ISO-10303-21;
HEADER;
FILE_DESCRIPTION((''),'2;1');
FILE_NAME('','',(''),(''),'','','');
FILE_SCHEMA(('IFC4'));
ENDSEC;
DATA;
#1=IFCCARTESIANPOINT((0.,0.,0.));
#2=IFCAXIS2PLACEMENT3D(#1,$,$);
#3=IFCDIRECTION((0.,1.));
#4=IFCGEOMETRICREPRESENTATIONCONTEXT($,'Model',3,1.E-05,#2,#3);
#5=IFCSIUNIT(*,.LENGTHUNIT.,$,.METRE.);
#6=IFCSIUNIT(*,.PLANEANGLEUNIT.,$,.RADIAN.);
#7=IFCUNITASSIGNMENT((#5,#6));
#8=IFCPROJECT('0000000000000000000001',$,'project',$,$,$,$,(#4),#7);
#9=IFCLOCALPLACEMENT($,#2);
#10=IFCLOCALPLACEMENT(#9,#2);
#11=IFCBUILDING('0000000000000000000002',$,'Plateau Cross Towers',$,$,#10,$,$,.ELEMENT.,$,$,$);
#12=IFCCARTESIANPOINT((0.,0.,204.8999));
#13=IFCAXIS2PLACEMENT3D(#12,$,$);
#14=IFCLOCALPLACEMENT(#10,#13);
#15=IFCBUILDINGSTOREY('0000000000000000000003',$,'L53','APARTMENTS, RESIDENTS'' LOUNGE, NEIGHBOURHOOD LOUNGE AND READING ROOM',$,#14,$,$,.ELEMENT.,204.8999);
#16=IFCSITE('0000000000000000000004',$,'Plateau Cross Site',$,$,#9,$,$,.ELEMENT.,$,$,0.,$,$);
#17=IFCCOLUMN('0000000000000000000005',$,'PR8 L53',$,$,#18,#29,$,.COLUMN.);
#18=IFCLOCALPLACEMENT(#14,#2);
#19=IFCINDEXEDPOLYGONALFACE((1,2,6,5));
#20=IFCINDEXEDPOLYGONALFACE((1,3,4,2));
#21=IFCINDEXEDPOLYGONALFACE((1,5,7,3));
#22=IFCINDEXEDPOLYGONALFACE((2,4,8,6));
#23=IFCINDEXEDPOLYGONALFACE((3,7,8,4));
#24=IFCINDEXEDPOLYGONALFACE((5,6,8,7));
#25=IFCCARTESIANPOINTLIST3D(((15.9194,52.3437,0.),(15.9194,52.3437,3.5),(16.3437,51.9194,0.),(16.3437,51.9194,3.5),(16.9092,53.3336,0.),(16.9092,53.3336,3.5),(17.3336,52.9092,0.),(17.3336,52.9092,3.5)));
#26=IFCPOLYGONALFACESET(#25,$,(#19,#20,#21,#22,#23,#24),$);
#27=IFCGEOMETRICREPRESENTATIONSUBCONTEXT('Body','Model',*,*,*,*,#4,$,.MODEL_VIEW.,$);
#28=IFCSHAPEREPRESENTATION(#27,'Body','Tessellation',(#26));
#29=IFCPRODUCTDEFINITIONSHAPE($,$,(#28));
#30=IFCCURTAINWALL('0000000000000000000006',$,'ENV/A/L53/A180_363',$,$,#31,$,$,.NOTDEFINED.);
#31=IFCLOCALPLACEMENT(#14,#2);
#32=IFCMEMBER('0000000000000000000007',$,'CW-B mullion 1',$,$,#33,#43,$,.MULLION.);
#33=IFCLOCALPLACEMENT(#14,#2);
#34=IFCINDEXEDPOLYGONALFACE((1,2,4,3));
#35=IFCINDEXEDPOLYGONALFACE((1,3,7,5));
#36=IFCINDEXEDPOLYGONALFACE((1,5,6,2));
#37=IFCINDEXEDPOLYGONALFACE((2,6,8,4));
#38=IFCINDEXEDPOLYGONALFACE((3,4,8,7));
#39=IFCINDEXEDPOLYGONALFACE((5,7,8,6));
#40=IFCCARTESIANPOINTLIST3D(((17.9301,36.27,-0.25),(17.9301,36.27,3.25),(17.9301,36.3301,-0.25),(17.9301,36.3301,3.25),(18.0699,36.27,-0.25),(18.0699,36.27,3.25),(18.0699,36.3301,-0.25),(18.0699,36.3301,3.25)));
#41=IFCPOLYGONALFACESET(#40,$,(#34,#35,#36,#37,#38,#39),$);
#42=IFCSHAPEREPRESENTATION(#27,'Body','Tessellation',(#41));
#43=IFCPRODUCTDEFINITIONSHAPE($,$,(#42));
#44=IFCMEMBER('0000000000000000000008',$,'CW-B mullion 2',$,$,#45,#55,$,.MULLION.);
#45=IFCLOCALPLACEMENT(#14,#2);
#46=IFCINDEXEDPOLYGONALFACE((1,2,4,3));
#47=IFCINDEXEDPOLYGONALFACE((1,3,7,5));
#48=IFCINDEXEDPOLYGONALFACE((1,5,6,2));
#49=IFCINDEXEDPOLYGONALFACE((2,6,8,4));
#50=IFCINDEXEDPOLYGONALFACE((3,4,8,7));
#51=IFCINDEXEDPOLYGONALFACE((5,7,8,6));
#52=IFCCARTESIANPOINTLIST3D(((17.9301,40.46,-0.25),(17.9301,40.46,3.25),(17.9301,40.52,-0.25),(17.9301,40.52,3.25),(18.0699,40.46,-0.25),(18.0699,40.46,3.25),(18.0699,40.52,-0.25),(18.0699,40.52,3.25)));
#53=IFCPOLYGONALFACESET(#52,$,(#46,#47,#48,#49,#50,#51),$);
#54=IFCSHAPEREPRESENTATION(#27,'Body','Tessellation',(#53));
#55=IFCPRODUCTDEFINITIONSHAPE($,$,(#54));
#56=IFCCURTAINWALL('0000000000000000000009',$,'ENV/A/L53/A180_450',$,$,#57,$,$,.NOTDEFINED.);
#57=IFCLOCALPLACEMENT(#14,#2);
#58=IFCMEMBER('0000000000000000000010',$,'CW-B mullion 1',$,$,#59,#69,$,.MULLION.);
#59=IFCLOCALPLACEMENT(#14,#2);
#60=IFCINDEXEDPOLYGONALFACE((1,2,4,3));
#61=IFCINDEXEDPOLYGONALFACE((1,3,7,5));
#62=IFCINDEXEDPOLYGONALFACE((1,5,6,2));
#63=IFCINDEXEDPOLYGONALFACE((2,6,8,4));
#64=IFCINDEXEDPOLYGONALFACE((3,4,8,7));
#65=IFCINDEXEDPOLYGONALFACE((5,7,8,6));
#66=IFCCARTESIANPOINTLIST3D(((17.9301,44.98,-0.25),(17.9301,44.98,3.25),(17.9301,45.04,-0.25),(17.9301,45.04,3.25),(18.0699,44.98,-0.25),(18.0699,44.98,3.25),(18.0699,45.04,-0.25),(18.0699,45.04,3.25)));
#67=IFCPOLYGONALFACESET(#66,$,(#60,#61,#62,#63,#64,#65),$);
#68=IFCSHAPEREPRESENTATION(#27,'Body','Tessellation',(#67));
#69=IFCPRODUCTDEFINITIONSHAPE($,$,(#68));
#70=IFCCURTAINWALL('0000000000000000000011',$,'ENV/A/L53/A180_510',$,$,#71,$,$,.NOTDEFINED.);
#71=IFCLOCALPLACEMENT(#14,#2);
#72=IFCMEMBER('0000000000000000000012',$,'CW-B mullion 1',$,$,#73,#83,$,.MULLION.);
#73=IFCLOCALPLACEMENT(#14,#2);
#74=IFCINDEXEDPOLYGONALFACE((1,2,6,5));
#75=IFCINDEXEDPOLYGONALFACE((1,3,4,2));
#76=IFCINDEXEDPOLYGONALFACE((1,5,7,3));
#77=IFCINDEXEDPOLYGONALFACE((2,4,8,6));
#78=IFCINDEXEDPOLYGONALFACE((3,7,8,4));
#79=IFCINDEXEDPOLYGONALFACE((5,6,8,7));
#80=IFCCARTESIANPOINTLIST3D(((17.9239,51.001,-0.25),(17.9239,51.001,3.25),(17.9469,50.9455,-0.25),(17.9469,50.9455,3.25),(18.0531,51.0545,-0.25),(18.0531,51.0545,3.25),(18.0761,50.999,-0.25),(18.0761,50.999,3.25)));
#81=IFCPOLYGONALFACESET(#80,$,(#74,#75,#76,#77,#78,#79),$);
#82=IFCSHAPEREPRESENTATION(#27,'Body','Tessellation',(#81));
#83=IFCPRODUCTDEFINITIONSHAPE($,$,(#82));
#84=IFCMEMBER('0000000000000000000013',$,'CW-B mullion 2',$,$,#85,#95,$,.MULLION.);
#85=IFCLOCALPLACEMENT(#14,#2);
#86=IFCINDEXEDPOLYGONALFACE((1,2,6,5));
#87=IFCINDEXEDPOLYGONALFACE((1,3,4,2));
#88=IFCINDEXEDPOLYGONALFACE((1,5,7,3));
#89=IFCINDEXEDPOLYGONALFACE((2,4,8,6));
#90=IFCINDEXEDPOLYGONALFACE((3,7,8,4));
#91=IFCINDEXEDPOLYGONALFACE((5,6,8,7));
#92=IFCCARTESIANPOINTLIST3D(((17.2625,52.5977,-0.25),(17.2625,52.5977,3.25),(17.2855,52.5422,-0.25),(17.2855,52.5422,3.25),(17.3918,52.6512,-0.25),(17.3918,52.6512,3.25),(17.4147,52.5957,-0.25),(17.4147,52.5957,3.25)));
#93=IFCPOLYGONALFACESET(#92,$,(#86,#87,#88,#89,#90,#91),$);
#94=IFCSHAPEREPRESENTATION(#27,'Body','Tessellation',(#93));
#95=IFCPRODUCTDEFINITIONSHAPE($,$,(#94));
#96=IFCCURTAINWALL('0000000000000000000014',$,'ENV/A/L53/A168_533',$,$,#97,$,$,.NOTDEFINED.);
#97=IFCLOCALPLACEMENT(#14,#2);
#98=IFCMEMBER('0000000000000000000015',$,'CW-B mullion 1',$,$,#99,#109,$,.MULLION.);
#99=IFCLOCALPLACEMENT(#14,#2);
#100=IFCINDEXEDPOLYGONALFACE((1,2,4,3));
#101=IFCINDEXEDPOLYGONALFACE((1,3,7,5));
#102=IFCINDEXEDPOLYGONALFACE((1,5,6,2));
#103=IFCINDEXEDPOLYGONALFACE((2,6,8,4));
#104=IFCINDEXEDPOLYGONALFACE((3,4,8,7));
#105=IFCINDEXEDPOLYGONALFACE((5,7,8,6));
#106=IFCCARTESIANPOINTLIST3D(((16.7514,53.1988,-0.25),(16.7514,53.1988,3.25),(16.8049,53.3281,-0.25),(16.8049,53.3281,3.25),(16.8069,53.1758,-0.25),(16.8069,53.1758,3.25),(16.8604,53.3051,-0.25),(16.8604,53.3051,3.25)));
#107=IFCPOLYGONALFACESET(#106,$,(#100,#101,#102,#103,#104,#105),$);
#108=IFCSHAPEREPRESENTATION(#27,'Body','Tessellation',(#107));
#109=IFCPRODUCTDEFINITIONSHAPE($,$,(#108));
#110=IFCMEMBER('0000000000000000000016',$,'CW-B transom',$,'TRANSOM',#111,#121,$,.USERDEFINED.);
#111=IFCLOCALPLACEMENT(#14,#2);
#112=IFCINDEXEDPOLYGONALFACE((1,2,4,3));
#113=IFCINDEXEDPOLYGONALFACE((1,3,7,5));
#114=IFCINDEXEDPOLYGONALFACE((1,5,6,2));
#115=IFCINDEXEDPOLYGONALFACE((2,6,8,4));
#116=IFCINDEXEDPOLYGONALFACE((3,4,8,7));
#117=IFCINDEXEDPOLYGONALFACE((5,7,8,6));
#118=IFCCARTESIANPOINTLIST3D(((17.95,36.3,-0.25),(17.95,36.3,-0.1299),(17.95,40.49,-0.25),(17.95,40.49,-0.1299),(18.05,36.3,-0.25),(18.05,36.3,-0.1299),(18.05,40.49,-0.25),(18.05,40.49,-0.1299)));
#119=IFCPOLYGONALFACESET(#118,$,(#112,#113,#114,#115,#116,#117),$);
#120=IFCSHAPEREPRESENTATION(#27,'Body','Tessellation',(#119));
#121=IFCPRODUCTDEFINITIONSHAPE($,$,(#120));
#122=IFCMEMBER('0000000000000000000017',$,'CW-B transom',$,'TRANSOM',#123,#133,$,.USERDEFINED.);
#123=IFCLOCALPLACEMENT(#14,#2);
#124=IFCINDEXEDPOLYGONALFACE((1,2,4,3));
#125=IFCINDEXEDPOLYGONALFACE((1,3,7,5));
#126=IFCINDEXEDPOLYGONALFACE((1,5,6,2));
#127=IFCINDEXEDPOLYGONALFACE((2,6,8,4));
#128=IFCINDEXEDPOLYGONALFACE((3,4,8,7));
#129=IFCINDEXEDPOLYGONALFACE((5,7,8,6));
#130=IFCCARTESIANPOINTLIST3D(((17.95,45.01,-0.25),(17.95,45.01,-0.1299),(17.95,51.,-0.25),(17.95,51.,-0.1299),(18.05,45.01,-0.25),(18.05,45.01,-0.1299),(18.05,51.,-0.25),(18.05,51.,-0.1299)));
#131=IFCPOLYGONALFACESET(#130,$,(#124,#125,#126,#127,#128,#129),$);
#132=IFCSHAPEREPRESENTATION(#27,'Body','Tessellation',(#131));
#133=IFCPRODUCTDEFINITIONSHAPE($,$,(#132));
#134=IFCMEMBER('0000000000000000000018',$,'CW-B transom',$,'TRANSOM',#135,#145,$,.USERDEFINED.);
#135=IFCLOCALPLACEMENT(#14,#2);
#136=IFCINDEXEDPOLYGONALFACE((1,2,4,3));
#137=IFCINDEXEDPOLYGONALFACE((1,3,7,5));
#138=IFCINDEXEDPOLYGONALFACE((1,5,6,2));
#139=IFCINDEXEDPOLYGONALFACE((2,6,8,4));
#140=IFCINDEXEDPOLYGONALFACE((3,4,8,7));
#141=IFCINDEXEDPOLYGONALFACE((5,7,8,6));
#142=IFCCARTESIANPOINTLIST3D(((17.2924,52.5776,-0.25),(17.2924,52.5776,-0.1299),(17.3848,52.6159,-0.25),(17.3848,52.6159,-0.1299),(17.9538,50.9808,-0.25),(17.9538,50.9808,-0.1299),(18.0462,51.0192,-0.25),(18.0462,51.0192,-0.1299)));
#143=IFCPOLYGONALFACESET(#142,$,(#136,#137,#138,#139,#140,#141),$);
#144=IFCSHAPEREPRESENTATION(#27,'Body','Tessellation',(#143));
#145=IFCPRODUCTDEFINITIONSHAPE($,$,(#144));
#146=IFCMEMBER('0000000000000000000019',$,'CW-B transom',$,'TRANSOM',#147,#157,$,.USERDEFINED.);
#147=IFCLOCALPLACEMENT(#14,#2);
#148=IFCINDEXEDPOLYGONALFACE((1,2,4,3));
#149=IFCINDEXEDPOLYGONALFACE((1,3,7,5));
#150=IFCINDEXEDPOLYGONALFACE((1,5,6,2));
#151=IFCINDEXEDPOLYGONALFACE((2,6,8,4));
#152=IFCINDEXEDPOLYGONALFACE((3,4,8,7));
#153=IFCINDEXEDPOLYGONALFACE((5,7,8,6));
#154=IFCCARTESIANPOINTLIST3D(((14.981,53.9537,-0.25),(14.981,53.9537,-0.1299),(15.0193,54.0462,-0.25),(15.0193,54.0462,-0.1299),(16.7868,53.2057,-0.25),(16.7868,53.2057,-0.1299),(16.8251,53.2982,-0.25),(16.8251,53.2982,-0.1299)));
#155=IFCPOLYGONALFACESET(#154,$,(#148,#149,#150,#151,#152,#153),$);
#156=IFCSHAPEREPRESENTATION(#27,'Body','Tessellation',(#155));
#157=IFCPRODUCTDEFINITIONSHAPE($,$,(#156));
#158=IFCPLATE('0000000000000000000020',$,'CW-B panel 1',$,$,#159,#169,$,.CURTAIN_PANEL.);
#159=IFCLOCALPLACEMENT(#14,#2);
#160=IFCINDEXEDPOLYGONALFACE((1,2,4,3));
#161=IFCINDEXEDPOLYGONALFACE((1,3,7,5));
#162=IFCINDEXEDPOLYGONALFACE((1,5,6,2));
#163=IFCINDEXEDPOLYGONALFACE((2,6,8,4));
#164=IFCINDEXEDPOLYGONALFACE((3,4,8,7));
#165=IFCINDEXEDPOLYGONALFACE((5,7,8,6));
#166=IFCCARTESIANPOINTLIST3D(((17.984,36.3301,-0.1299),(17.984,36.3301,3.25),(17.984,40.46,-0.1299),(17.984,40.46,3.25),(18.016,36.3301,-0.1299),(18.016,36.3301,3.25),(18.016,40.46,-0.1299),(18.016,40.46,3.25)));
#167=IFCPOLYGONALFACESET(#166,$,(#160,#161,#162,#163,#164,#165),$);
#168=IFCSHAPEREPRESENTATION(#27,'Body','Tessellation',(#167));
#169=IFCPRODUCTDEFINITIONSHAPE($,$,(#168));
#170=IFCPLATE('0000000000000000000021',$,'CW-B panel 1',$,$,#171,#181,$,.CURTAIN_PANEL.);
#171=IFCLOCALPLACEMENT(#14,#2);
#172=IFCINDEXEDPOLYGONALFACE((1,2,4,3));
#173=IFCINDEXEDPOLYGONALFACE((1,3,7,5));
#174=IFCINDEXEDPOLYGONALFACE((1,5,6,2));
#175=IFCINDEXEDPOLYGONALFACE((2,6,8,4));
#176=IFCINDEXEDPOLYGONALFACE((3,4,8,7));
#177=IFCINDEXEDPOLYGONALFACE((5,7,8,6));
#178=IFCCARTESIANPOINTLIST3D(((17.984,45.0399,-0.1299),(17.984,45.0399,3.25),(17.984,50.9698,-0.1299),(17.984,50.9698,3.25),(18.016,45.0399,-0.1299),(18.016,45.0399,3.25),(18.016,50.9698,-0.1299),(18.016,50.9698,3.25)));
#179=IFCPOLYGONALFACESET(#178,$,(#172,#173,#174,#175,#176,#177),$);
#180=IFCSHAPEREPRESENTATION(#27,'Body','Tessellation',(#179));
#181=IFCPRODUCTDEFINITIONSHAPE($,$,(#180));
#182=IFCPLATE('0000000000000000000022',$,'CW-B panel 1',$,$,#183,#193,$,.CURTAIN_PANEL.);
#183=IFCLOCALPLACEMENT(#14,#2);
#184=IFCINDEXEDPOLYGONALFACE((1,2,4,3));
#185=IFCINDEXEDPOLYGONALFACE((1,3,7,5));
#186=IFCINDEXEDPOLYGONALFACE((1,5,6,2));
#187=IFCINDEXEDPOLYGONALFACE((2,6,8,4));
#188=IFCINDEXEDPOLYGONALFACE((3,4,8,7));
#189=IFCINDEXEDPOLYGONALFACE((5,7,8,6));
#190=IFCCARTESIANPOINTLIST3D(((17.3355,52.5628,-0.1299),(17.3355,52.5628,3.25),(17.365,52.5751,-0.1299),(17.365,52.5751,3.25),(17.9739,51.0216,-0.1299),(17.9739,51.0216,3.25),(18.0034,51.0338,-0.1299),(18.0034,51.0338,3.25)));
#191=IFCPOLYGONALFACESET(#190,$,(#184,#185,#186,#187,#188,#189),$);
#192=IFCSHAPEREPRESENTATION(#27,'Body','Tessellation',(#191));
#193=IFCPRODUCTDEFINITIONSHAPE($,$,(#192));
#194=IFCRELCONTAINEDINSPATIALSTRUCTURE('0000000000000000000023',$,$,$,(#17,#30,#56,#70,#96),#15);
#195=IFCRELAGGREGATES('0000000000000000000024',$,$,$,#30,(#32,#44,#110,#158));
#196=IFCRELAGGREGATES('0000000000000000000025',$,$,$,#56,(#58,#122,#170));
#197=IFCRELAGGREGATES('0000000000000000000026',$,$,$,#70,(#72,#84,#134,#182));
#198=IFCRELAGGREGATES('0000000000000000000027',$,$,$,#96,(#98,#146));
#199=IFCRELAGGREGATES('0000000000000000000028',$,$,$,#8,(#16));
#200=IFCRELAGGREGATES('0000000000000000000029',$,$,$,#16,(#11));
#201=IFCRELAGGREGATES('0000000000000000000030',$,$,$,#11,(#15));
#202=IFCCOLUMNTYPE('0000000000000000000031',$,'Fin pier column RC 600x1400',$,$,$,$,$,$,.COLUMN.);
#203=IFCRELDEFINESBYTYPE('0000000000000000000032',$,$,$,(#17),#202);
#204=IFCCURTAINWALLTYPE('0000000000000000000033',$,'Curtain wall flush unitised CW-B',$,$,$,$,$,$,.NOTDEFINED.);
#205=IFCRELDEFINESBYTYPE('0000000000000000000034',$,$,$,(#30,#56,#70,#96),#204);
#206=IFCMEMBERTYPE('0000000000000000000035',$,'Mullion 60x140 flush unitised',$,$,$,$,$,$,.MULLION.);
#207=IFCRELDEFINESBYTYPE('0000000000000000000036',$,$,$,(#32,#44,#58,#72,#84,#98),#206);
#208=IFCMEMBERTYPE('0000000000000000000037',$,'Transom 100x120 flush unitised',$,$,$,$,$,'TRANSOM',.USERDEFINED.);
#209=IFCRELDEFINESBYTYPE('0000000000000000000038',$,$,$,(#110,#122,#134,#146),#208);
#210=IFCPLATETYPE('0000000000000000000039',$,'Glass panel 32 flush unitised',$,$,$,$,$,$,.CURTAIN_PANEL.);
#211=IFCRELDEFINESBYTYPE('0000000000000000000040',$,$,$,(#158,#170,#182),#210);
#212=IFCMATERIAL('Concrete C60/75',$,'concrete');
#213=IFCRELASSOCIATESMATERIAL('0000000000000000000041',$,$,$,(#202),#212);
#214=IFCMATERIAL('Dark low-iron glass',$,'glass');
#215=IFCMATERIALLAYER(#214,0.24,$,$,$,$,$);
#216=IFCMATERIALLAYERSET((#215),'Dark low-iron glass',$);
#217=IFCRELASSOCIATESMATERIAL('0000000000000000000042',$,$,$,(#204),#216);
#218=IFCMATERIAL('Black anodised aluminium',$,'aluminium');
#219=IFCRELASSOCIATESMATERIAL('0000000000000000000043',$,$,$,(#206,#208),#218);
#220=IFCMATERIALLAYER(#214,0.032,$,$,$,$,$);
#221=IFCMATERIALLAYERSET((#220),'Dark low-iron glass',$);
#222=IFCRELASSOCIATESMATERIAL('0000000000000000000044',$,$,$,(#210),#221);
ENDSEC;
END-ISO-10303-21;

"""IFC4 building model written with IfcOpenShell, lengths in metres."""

from ifc_helpers import new_model, si_unit, direction, frame, origin, origin_2d, place, context, subcontext, project, spatial, rectangle, extrude, material, layer, layer_set, material_profile, profile_set, type_object, element, aggregate, save


model = new_model("IFC4")

# Units and contexts
model_context = context("Model", 3, precision=1e-05, world=origin(), true_north=direction((0.0, 1.0)))
body_context = subcontext(model_context, "Body", "Model", "MODEL_VIEW")
ifc_project = project(units=[si_unit("LENGTHUNIT", "METRE"), si_unit("PLANEANGLEUNIT", "RADIAN")], contexts=[model_context])

# Site, building, storey
site_placement = place(None, origin())
site = spatial("IfcSite", under=ifc_project, at=site_placement, Name="Plateau Cross Site", CompositionType="ELEMENT", RefElevation=0.0)
building_placement = place(site_placement, origin())
building = spatial("IfcBuilding", under=site, at=building_placement, Name="Plateau Cross Towers", CompositionType="ELEMENT")
storey_placement = place(building_placement, frame((0.0, 0.0, 204.8999)))
storey = spatial("IfcBuildingStorey", under=building, at=storey_placement, Name="L53", Description="APARTMENTS, RESIDENTS' LOUNGE, NEIGHBOURHOOD LOUNGE AND READING ROOM", CompositionType="ELEMENT", Elevation=204.8999)

# Column
ifc_material_1 = material(Name="Concrete C60/75", Category="concrete")
ifc_material_profile_1 = material_profile(ifc_material_1, rectangle(XDim=0.6001, YDim=1.3999, at=origin_2d()), Name="RC 600x1400")
ifc_profile_set_1 = profile_set([ifc_material_profile_1], Name="Concrete C60/75")
column_type = type_object("IfcColumnType", Name="Fin pier column RC 600x1400", PredefinedType="COLUMN", material=ifc_profile_set_1)
column_placement = place(storey_placement, frame((16.6265, 52.6265, 0.0), z_axis=(0.0, 0.0, 1.0), x_axis=(-0.707107, 0.707107, 0.0)))
element("IfcColumn", 1, at=column_placement, inside=storey, type_object=column_type, Name="PR8 L53", PredefinedType="COLUMN", context=body_context, shape_type="SweptSolid", body=[
    extrude(rectangle(XDim=0.6001, YDim=1.3999, at=origin_2d()), origin(), (0.0, 0.0, 1.0), 3.5),
])

# Curtain wall, members
ifc_material_2 = material(Name="Dark low-iron glass", Category="glass")
ifc_layer_1 = layer(ifc_material_2, 0.24)
ifc_layer_set_1 = layer_set([ifc_layer_1], Name="Dark low-iron glass")
curtain_wall_type = type_object("IfcCurtainWallType", Name="Curtain wall flush unitised CW-B", PredefinedType="NOTDEFINED", material=ifc_layer_set_1)
curtain_wall_1_placement = place(storey_placement, origin())
curtain_wall_1 = element("IfcCurtainWall", 2, at=curtain_wall_1_placement, inside=storey, type_object=curtain_wall_type, Name="ENV/A/L53/A180_363", PredefinedType="NOTDEFINED")
ifc_material_3 = material(Name="Black anodised aluminium", Category="aluminium")
ifc_material_profile_2 = material_profile(ifc_material_3, rectangle(XDim=0.0601, YDim=0.1399, at=origin_2d()), Name="MULLION 60x140")
ifc_profile_set_2 = profile_set([ifc_material_profile_2], Name="Black anodised aluminium")
member_type_1 = type_object("IfcMemberType", Name="Mullion 60x140 flush unitised", PredefinedType="MULLION", material=ifc_profile_set_2)
member_1_placement = place(storey_placement, frame((18.0, 36.3, -0.25), z_axis=(0.0, 0.0, 1.0), x_axis=(0.0, 1.0, 0.0)))
member_1 = element("IfcMember", 3, at=member_1_placement, type_object=member_type_1, Name="CW-B mullion 1", PredefinedType="MULLION", context=body_context, shape_type="SweptSolid", body=[
    extrude(rectangle(XDim=0.0601, YDim=0.1399, at=origin_2d()), origin(), (0.0, 0.0, 1.0), 3.5),
])
member_2_placement = place(storey_placement, frame((18.0, 40.49, -0.25), z_axis=(0.0, 0.0, 1.0), x_axis=(0.0, 1.0, 0.0)))
member_2 = element("IfcMember", 4, at=member_2_placement, type_object=member_type_1, Name="CW-B mullion 2", PredefinedType="MULLION", context=body_context, shape_type="SweptSolid", body=[
    extrude(rectangle(XDim=0.0601, YDim=0.1399, at=origin_2d()), origin(), (0.0, 0.0, 1.0), 3.5),
])

# Curtain wall, member
curtain_wall_2_placement = place(storey_placement, origin())
curtain_wall_2 = element("IfcCurtainWall", 5, at=curtain_wall_2_placement, inside=storey, type_object=curtain_wall_type, Name="ENV/A/L53/A180_450", PredefinedType="NOTDEFINED")
member_3_placement = place(storey_placement, frame((18.0, 45.01, -0.25), z_axis=(0.0, 0.0, 1.0), x_axis=(0.0, 1.0, 0.0)))
member_3 = element("IfcMember", 6, at=member_3_placement, type_object=member_type_1, Name="CW-B mullion 1", PredefinedType="MULLION", context=body_context, shape_type="SweptSolid", body=[
    extrude(rectangle(XDim=0.0601, YDim=0.1399, at=origin_2d()), origin(), (0.0, 0.0, 1.0), 3.5),
])

# Curtain wall, members
curtain_wall_3_placement = place(storey_placement, origin())
curtain_wall_3 = element("IfcCurtainWall", 7, at=curtain_wall_3_placement, inside=storey, type_object=curtain_wall_type, Name="ENV/A/L53/A180_510", PredefinedType="NOTDEFINED")
member_4_placement = place(storey_placement, frame((18.0, 51.0, -0.25), z_axis=(0.0, 0.0, 1.0), x_axis=(-0.382684, 0.923879, 0.0)))
member_4 = element("IfcMember", 8, at=member_4_placement, type_object=member_type_1, Name="CW-B mullion 1", PredefinedType="MULLION", context=body_context, shape_type="SweptSolid", body=[
    extrude(rectangle(XDim=0.0601, YDim=0.1399, at=origin_2d()), origin(), (0.0, 0.0, 1.0), 3.5),
])
member_5_placement = place(storey_placement, frame((17.3386, 52.5967, -0.25), z_axis=(0.0, 0.0, 1.0), x_axis=(-0.382684, 0.923879, 0.0)))
member_5 = element("IfcMember", 9, at=member_5_placement, type_object=member_type_1, Name="CW-B mullion 2", PredefinedType="MULLION", context=body_context, shape_type="SweptSolid", body=[
    extrude(rectangle(XDim=0.0601, YDim=0.1399, at=origin_2d()), origin(), (0.0, 0.0, 1.0), 3.5),
])

# Curtain wall, member
curtain_wall_4_placement = place(storey_placement, origin())
curtain_wall_4 = element("IfcCurtainWall", 10, at=curtain_wall_4_placement, inside=storey, type_object=curtain_wall_type, Name="ENV/A/L53/A168_533", PredefinedType="NOTDEFINED")
member_6_placement = place(storey_placement, frame((16.8059, 53.252, -0.25), z_axis=(0.0, 0.0, 1.0), x_axis=(-0.923879, 0.382684, 0.0)))
member_6 = element("IfcMember", 11, at=member_6_placement, type_object=member_type_1, Name="CW-B mullion 1", PredefinedType="MULLION", context=body_context, shape_type="SweptSolid", body=[
    extrude(rectangle(XDim=0.0601, YDim=0.1399, at=origin_2d()), origin(), (0.0, 0.0, 1.0), 3.5),
])

# Members
ifc_material_profile_3 = material_profile(ifc_material_3, rectangle(XDim=0.1001, YDim=0.1201, at=origin_2d()), Name="TRANSOM 100x120")
ifc_profile_set_3 = profile_set([ifc_material_profile_3], Name="Black anodised aluminium")
member_type_2 = type_object("IfcMemberType", Name="Transom 100x120 flush unitised", ElementType="TRANSOM", PredefinedType="USERDEFINED", material=ifc_profile_set_3)
member_7_placement = place(storey_placement, frame((18.0, 36.3, -0.1899), z_axis=(0.0, 1.0, 0.0), x_axis=(-1.0, 0.0, 0.0)))
member_7 = element("IfcMember", 12, at=member_7_placement, type_object=member_type_2, Name="CW-B transom", ObjectType="TRANSOM", PredefinedType="USERDEFINED", context=body_context, shape_type="SweptSolid", body=[
    extrude(rectangle(XDim=0.1001, YDim=0.1201, at=origin_2d()), origin(), (0.0, 0.0, 1.0), 4.1899),
])
member_8_placement = place(storey_placement, frame((18.0, 45.01, -0.1899), z_axis=(0.0, 1.0, 0.0), x_axis=(-1.0, 0.0, 0.0)))
member_8 = element("IfcMember", 13, at=member_8_placement, type_object=member_type_2, Name="CW-B transom", ObjectType="TRANSOM", PredefinedType="USERDEFINED", context=body_context, shape_type="SweptSolid", body=[
    extrude(rectangle(XDim=0.1001, YDim=0.1201, at=origin_2d()), origin(), (0.0, 0.0, 1.0), 5.99),
])
member_9_placement = place(storey_placement, frame((18.0, 51.0, -0.1899), z_axis=(-0.382689, 0.923877, 0.0), x_axis=(-0.923877, -0.382689, 0.0)))
member_9 = element("IfcMember", 14, at=member_9_placement, type_object=member_type_2, Name="CW-B transom", ObjectType="TRANSOM", PredefinedType="USERDEFINED", context=body_context, shape_type="SweptSolid", body=[
    extrude(rectangle(XDim=0.1001, YDim=0.1201, at=origin_2d()), origin(), (0.0, 0.0, 1.0), 1.7283),
])
member_10_placement = place(storey_placement, frame((16.8059, 53.252, -0.1899), z_axis=(-0.923877, 0.38269, 0.0), x_axis=(-0.38269, -0.923877, 0.0)))
member_10 = element("IfcMember", 15, at=member_10_placement, type_object=member_type_2, Name="CW-B transom", ObjectType="TRANSOM", PredefinedType="USERDEFINED", context=body_context, shape_type="SweptSolid", body=[
    extrude(rectangle(XDim=0.1001, YDim=0.1201, at=origin_2d()), origin(), (0.0, 0.0, 1.0), 1.9546),
])

# Plates
ifc_layer_2 = layer(ifc_material_2, 0.032)
ifc_layer_set_2 = layer_set([ifc_layer_2], Name="Dark low-iron glass")
plate_type = type_object("IfcPlateType", Name="Glass panel 32 flush unitised", PredefinedType="CURTAIN_PANEL", material=ifc_layer_set_2)
plate_1_placement = place(storey_placement, frame((18.0, 38.395, -0.1299), z_axis=(0.0, 0.0, 1.0), x_axis=(0.0, 1.0, 0.0)))
plate_1 = element("IfcPlate", 16, at=plate_1_placement, type_object=plate_type, Name="CW-B panel 1", PredefinedType="CURTAIN_PANEL", context=body_context, shape_type="SweptSolid", body=[
    extrude(rectangle(XDim=4.1299, YDim=0.032, at=origin_2d()), origin(), (0.0, 0.0, 1.0), 3.3799),
])
aggregate(curtain_wall_1, [member_1, member_2, member_7, plate_1])
plate_2_placement = place(storey_placement, frame((18.0, 48.0049, -0.1299), z_axis=(0.0, 0.0, 1.0), x_axis=(0.0, 1.0, 0.0)))
plate_2 = element("IfcPlate", 17, at=plate_2_placement, type_object=plate_type, Name="CW-B panel 1", PredefinedType="CURTAIN_PANEL", context=body_context, shape_type="SweptSolid", body=[
    extrude(rectangle(XDim=5.9299, YDim=0.032, at=origin_2d()), origin(), (0.0, 0.0, 1.0), 3.3799),
])
aggregate(curtain_wall_2, [member_3, member_8, plate_2])
plate_3_placement = place(storey_placement, frame((17.6694, 51.7983, -0.1299), z_axis=(0.0, 0.0, 1.0), x_axis=(-0.382684, 0.923879, 0.0)))
plate_3 = element("IfcPlate", 18, at=plate_3_placement, type_object=plate_type, Name="CW-B panel 1", PredefinedType="CURTAIN_PANEL", context=body_context, shape_type="SweptSolid", body=[
    extrude(rectangle(XDim=1.6682, YDim=0.032, at=origin_2d()), origin(), (0.0, 0.0, 1.0), 3.3799),
])
aggregate(curtain_wall_3, [member_4, member_5, member_9, plate_3])
aggregate(curtain_wall_4, [member_6, member_10])

save(model, "model.ifc")
